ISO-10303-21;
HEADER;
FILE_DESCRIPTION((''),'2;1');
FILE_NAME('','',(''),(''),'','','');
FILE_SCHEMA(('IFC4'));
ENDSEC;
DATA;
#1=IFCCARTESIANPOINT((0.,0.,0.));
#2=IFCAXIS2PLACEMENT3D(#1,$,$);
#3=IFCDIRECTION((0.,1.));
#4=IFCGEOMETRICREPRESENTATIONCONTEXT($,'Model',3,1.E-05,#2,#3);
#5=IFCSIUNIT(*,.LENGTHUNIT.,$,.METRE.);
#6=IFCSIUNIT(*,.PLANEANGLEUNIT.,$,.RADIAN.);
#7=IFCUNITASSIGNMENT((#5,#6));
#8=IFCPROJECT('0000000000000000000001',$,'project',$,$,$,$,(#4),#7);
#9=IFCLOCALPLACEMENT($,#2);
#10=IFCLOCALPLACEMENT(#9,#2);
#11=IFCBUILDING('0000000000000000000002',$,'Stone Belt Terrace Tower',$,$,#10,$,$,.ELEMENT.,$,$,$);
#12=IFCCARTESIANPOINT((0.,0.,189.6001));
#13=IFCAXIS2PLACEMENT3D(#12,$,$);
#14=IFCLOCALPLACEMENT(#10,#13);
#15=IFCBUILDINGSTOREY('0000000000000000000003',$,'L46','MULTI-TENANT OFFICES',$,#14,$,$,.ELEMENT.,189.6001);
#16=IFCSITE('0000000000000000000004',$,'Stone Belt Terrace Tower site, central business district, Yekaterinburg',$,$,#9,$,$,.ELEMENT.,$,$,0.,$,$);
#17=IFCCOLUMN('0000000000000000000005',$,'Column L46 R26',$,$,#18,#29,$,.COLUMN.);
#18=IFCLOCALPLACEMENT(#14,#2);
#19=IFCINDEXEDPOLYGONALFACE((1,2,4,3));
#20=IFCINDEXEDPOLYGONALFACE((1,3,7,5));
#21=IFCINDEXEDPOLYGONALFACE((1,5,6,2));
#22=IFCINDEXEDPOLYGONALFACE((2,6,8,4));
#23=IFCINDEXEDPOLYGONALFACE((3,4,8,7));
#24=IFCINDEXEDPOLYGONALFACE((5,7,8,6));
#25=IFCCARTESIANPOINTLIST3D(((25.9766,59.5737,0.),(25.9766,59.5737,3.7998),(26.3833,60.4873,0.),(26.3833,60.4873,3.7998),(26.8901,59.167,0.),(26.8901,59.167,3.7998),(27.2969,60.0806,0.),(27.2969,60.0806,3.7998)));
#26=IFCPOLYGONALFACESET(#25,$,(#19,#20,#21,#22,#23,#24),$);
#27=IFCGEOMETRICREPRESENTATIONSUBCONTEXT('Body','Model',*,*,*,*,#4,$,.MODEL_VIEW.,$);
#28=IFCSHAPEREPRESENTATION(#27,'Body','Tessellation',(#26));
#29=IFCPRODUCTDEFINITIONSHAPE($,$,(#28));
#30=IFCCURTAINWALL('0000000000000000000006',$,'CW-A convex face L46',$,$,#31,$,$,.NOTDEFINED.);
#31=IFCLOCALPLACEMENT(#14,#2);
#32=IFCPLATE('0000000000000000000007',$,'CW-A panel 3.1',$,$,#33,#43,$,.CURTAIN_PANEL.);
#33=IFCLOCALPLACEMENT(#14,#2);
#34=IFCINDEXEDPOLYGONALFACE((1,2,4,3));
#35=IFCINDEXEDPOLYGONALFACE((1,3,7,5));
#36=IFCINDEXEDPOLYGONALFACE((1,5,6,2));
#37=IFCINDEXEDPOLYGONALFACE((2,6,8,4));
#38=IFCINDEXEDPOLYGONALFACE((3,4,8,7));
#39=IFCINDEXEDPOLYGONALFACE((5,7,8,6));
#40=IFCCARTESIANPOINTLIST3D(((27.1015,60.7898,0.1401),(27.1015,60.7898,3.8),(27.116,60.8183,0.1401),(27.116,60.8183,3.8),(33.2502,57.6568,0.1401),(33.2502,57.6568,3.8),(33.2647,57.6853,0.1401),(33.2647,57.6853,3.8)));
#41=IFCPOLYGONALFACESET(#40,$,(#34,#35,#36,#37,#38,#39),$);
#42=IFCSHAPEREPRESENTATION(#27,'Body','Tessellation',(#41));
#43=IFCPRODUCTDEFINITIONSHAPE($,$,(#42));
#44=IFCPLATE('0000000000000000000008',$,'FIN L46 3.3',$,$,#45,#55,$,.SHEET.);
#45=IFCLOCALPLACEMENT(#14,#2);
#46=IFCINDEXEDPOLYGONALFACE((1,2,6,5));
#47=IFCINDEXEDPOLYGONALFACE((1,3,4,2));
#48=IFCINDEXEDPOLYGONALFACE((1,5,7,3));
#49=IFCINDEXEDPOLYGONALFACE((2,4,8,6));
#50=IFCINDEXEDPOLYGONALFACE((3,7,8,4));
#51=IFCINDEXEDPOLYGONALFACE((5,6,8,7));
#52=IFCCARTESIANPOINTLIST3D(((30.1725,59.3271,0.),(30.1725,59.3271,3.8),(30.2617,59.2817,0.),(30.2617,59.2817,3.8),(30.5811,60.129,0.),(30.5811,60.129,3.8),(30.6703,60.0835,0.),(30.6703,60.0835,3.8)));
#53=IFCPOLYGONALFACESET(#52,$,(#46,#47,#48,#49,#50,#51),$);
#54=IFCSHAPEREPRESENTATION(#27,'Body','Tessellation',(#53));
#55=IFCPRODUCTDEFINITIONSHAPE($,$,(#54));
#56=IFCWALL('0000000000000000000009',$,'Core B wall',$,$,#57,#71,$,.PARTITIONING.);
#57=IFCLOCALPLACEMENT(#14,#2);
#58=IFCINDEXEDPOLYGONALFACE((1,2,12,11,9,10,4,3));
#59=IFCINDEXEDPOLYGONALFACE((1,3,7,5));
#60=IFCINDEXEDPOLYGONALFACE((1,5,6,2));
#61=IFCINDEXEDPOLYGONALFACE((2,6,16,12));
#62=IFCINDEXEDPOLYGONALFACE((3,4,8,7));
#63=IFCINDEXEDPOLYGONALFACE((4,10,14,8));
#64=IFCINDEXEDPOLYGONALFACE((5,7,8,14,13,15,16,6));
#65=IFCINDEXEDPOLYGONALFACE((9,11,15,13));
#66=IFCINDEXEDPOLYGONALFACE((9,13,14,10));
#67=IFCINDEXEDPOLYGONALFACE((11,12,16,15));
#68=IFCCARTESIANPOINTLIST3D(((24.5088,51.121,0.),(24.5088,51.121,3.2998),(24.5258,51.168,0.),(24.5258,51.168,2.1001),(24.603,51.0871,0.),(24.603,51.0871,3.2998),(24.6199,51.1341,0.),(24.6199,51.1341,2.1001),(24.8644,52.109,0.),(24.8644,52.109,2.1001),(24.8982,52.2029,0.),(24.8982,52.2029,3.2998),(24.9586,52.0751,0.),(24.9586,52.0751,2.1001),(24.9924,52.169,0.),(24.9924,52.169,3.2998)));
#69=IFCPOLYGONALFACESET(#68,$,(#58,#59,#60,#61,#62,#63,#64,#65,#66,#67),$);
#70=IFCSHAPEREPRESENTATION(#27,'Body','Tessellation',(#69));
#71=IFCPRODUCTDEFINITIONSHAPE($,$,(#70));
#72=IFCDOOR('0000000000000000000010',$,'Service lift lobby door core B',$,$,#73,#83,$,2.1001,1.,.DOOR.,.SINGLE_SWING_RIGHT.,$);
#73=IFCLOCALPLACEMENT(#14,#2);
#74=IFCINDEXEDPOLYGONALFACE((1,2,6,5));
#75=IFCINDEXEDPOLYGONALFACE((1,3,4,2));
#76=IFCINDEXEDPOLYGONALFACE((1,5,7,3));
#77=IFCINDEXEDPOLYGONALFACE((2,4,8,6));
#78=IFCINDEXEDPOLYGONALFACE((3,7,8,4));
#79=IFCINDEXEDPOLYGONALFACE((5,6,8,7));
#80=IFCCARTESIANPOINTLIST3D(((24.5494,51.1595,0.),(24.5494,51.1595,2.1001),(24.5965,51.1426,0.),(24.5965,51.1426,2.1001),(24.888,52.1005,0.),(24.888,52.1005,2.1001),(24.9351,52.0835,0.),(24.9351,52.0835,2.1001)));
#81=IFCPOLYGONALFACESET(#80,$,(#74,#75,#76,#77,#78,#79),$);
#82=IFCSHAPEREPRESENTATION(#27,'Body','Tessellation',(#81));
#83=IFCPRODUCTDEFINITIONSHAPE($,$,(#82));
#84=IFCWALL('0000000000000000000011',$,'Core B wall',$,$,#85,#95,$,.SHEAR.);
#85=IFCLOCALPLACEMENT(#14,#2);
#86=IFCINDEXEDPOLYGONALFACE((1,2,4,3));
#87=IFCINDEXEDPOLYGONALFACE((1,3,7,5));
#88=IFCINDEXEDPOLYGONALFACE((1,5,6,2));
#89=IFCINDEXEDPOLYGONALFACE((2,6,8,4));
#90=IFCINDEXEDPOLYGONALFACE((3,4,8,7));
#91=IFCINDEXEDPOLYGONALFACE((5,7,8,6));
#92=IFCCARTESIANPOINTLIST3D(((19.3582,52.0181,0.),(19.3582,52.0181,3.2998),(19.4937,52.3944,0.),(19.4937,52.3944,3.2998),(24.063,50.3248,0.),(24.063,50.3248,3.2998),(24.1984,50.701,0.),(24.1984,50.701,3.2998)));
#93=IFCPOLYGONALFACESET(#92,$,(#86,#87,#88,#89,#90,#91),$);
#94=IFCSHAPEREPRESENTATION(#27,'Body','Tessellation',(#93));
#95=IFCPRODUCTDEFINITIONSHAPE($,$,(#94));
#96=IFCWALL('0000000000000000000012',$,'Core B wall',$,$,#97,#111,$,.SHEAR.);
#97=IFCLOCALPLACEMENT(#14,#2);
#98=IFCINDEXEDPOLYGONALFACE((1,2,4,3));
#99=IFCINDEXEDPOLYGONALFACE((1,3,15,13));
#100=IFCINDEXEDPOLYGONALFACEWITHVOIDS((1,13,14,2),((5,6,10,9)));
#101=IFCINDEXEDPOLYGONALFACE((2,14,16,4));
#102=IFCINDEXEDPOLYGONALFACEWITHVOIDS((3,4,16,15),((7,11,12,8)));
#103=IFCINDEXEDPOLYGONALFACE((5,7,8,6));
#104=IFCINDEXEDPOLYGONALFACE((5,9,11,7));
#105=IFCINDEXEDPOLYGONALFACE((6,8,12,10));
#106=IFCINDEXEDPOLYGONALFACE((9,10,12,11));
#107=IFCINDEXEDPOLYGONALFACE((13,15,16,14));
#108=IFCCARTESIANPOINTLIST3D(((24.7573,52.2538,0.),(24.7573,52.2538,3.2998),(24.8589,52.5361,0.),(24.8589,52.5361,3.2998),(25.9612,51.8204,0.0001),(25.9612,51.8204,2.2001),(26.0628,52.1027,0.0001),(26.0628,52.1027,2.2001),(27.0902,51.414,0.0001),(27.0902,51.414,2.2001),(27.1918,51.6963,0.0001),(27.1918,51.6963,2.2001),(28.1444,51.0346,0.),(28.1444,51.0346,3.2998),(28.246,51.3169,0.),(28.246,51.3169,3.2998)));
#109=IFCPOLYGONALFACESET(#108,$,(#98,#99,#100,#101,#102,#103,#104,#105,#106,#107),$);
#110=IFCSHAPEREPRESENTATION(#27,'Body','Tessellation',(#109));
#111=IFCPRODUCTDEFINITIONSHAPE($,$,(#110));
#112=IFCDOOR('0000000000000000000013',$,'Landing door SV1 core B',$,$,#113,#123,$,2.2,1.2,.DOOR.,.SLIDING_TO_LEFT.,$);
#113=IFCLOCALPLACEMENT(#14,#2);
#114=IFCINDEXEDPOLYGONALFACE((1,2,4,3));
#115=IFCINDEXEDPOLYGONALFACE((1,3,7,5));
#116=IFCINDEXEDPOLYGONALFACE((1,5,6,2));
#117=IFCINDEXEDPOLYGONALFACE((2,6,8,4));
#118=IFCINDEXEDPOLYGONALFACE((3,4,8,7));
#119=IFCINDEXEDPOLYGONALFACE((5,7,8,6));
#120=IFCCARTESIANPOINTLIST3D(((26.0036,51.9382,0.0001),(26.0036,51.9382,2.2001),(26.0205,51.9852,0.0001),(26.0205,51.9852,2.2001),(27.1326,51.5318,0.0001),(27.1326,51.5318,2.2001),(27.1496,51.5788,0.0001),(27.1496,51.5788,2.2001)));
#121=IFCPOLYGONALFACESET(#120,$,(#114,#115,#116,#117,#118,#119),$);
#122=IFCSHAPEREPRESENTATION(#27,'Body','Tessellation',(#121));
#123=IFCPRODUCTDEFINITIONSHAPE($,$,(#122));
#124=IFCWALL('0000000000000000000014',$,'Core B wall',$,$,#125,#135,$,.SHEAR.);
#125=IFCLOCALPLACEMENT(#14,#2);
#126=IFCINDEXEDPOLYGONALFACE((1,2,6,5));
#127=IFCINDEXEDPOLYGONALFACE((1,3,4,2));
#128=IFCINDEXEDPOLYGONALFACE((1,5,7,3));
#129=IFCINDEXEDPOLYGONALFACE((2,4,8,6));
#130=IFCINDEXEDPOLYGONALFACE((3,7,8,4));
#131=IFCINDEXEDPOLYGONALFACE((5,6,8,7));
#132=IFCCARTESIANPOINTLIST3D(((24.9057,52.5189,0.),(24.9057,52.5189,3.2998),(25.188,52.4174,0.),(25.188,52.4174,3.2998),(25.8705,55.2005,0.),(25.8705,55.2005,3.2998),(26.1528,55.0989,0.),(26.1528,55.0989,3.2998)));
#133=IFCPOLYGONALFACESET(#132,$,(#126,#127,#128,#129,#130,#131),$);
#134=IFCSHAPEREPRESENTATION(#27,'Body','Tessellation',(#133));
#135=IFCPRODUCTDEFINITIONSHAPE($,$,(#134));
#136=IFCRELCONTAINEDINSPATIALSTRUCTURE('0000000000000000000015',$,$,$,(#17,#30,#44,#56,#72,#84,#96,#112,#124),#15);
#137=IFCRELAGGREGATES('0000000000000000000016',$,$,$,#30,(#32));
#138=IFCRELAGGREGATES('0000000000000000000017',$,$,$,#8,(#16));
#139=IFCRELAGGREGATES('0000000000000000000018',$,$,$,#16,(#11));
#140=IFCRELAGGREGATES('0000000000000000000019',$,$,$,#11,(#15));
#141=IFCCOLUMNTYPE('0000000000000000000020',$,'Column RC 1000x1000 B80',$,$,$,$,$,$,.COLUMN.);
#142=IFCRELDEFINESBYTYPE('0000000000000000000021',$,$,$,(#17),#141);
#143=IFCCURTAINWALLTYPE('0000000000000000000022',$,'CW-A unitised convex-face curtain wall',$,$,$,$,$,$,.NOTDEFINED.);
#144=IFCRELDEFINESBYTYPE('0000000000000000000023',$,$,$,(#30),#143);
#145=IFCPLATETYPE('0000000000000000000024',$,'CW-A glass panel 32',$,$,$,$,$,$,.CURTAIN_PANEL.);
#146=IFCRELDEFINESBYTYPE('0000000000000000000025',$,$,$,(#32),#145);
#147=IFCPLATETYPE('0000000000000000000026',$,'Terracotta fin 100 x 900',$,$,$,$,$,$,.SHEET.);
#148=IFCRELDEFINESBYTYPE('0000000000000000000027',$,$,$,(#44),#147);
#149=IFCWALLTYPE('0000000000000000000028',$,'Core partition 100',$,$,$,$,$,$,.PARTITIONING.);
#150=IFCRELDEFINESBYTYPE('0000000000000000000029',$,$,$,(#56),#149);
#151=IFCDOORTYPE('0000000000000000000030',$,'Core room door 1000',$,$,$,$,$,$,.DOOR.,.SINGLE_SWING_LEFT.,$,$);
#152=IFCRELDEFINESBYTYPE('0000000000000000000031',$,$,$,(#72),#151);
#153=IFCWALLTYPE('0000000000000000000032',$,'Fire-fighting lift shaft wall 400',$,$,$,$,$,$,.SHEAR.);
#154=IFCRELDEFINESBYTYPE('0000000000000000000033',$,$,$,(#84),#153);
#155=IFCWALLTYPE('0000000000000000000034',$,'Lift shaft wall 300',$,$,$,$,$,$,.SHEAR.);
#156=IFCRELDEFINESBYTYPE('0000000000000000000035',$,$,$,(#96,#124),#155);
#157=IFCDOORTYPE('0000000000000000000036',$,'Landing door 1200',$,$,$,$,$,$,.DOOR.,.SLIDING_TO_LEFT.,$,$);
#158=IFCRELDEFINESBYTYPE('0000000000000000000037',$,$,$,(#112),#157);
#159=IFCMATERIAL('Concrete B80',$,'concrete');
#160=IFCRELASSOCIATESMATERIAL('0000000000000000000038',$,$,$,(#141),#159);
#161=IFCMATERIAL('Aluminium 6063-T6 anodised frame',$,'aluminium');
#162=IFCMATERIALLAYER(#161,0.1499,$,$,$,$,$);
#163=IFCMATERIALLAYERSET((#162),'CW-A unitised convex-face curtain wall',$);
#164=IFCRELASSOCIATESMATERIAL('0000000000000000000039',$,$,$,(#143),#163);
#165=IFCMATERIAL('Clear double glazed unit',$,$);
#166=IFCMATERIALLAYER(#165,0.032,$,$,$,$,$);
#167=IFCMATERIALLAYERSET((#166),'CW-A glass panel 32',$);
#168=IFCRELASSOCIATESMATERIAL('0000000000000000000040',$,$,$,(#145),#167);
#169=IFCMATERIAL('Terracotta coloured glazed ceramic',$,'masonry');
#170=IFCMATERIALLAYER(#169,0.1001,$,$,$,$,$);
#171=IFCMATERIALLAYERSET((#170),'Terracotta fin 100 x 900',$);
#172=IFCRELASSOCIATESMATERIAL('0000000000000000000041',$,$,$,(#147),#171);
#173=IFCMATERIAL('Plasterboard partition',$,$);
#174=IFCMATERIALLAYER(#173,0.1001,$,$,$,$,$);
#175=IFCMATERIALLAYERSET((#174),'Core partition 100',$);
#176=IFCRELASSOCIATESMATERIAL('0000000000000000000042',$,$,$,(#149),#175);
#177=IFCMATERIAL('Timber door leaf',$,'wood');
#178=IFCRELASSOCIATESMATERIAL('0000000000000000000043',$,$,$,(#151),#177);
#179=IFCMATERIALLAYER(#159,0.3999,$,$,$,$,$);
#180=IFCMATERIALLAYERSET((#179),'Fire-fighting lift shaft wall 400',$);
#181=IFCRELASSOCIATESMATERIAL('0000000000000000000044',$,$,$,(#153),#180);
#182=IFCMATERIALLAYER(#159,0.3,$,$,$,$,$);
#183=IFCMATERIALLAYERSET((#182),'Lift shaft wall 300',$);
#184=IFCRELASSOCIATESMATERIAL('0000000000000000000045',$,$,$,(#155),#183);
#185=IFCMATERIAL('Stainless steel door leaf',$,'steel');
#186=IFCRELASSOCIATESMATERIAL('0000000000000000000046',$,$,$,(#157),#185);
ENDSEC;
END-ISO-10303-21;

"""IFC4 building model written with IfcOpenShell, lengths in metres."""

from ifc_helpers import new_model, si_unit, direction, frame, frame_2d, origin, origin_2d, place, context, subcontext, project, spatial, rectangle, extrude, material, layer, layer_set, material_profile, profile_set, type_object, element, fill, aggregate, save


model = new_model("IFC4")

# Units and contexts
model_context = context("Model", 3, precision=1e-05, world=origin(), true_north=direction((0.0, 1.0)))
body_context = subcontext(model_context, "Body", "Model", "MODEL_VIEW")
ifc_project = project(units=[si_unit("LENGTHUNIT", "METRE"), si_unit("PLANEANGLEUNIT", "RADIAN")], contexts=[model_context])

# Site, building, storey
site_placement = place(None, origin())
site = spatial("IfcSite", under=ifc_project, at=site_placement, Name="Stone Belt Terrace Tower site, central business district, Yekaterinburg", CompositionType="ELEMENT", RefElevation=0.0)
building_placement = place(site_placement, origin())
building = spatial("IfcBuilding", under=site, at=building_placement, Name="Stone Belt Terrace Tower", CompositionType="ELEMENT")
storey_placement = place(building_placement, frame((0.0, 0.0, 189.6001)))
storey = spatial("IfcBuildingStorey", under=building, at=storey_placement, Name="L46", Description="MULTI-TENANT OFFICES", CompositionType="ELEMENT", Elevation=189.6001)

# Column
ifc_material_1 = material(Name="Concrete B80", Category="concrete")
ifc_material_profile = material_profile(ifc_material_1, rectangle(XDim=1.0, YDim=1.0, at=origin_2d()), Name="RC 1000x1000")
ifc_profile_set = profile_set([ifc_material_profile], Name="Concrete B80")
column_type = type_object("IfcColumnType", Name="Column RC 1000x1000 B80", PredefinedType="COLUMN", material=ifc_profile_set)
column_placement = place(storey_placement, frame((26.6367, 59.8271, 0.0), z_axis=(0.0, 0.0, 1.0), x_axis=(0.913545, -0.406737, 0.0)))
element("IfcColumn", 1, at=column_placement, inside=storey, type_object=column_type, Name="Column L46 R26", PredefinedType="COLUMN", context=body_context, shape_type="SweptSolid", body=[
    extrude(rectangle(XDim=1.0, YDim=1.0, at=origin_2d()), origin(), (0.0, 0.0, 1.0), 3.7998),
])

# Curtain wall, plate
ifc_material_2 = material(Name="Aluminium 6063-T6 anodised frame", Category="aluminium")
ifc_layer_1 = layer(ifc_material_2, 0.1499)
ifc_layer_set_1 = layer_set([ifc_layer_1], Name="CW-A unitised convex-face curtain wall")
curtain_wall_type = type_object("IfcCurtainWallType", Name="CW-A unitised convex-face curtain wall", PredefinedType="NOTDEFINED", material=ifc_layer_set_1)
curtain_wall_placement = place(storey_placement, origin())
curtain_wall = element("IfcCurtainWall", 2, at=curtain_wall_placement, inside=storey, type_object=curtain_wall_type, Name="CW-A convex face L46", PredefinedType="NOTDEFINED")
ifc_material_3 = material(Name="Clear double glazed unit")
ifc_layer_2 = layer(ifc_material_3, 0.032)
ifc_layer_set_2 = layer_set([ifc_layer_2], Name="CW-A glass panel 32")
plate_type_1 = type_object("IfcPlateType", Name="CW-A glass panel 32", PredefinedType="CURTAIN_PANEL", material=ifc_layer_set_2)
plate_1_placement = place(storey_placement, frame((30.1831, 59.2375, 0.1401), z_axis=(0.0, 0.0, 1.0), x_axis=(-0.891007, 0.45399, 0.0)))
plate_1 = element("IfcPlate", 3, at=plate_1_placement, type_object=plate_type_1, Name="CW-A panel 3.1", PredefinedType="CURTAIN_PANEL", context=body_context, shape_type="SweptSolid", body=[
    extrude(rectangle(XDim=6.9009, YDim=0.032, at=origin_2d()), origin(), (0.0, 0.0, 1.0), 3.6599),
])
aggregate(curtain_wall, [plate_1])

# Plate
ifc_material_4 = material(Name="Terracotta coloured glazed ceramic", Category="masonry")
ifc_layer_3 = layer(ifc_material_4, 0.1001)
ifc_layer_set_3 = layer_set([ifc_layer_3], Name="Terracotta fin 100 x 900")
plate_type_2 = type_object("IfcPlateType", Name="Terracotta fin 100 x 900", PredefinedType="SHEET", material=ifc_layer_set_3)
plate_2_placement = place(storey_placement, frame((30.4214, 59.7053, 0.0), z_axis=(0.0, 0.0, 1.0), x_axis=(0.45399, 0.891007, 0.0)))
element("IfcPlate", 4, at=plate_2_placement, inside=storey, type_object=plate_type_2, Name="FIN L46 3.3", PredefinedType="SHEET", context=body_context, shape_type="SweptSolid", body=[
    extrude(rectangle(XDim=0.8999, YDim=0.1001, at=origin_2d()), origin(), (0.0, 0.0, 1.0), 3.8),
])

# Wall, opening, door
ifc_material_5 = material(Name="Plasterboard partition")
ifc_layer_4 = layer(ifc_material_5, 0.1001)
ifc_layer_set_4 = layer_set([ifc_layer_4], Name="Core partition 100")
wall_type_1 = type_object("IfcWallType", Name="Core partition 100", PredefinedType="PARTITIONING", material=ifc_layer_set_4)
wall_1_placement = place(storey_placement, frame((24.5559, 51.104, 0.0), z_axis=(0.0, 0.0, 1.0), x_axis=(0.338622, 0.940923, 0.0)))
wall_1 = element("IfcWall", 5, at=wall_1_placement, inside=storey, type_object=wall_type_1, Name="Core B wall", PredefinedType="PARTITIONING", context=body_context, shape_type="SweptSolid", body=[
    extrude(rectangle(XDim=1.1499, YDim=0.1001, at=frame_2d((0.575, 0.0))), origin(), (0.0, 0.0, 1.0), 3.2998),
])
opening_1_placement = place(wall_1_placement, frame((0.05, 0.0, 0.0)))
opening_1 = element("IfcOpeningElement", 6, at=opening_1_placement, cuts=wall_1, PredefinedType="OPENING", context=body_context, shape_type="SweptSolid", body=[
    extrude(rectangle(XDim=1.0, YDim=2.1001, at=frame_2d((0.5, 1.05))), frame((0.0, 0.0601, 0.0), z_axis=(0.0, -1.0, 0.0), x_axis=(1.0, 0.0, 0.0)), (0.0, 0.0, 1.0), 0.1201),
])
ifc_material_6 = material(Name="Timber door leaf", Category="wood")
door_type_1 = type_object("IfcDoorType", Name="Core room door 1000", OperationType="SINGLE_SWING_LEFT", PredefinedType="DOOR", material=ifc_material_6)
door_1_placement = place(opening_1_placement, origin())
door_1 = element("IfcDoor", 7, at=door_1_placement, inside=storey, type_object=door_type_1, Name="Service lift lobby door core B", OperationType="SINGLE_SWING_RIGHT", OverallHeight=2.1001, OverallWidth=1.0, PredefinedType="DOOR", context=body_context, shape_type="SweptSolid", body=[
    extrude(rectangle(XDim=1.0, YDim=2.1001, at=frame_2d((0.5, 1.05))), frame((0.0, 0.0249, 0.0), z_axis=(0.0, -1.0, 0.0), x_axis=(1.0, 0.0, 0.0)), (0.0, 0.0, 1.0), 0.05),
])
fill(opening_1, door_1)

# Wall
ifc_layer_5 = layer(ifc_material_1, 0.3999)
ifc_layer_set_5 = layer_set([ifc_layer_5], Name="Fire-fighting lift shaft wall 400")
wall_type_2 = type_object("IfcWallType", Name="Fire-fighting lift shaft wall 400", PredefinedType="SHEAR", material=ifc_layer_set_5)
wall_2_placement = place(storey_placement, frame((24.1306, 50.5129, 0.0), z_axis=(0.0, 0.0, 1.0), x_axis=(-0.940912, 0.338652, 0.0)))
element("IfcWall", 8, at=wall_2_placement, inside=storey, type_object=wall_type_2, Name="Core B wall", PredefinedType="SHEAR", context=body_context, shape_type="SweptSolid", body=[
    extrude(rectangle(XDim=5.0002, YDim=0.3999, at=frame_2d((2.5, 0.0))), origin(), (0.0, 0.0, 1.0), 3.2998),
])

# Wall, opening, door
ifc_layer_6 = layer(ifc_material_1, 0.3)
ifc_layer_set_6 = layer_set([ifc_layer_6], Name="Lift shaft wall 300")
wall_type_3 = type_object("IfcWallType", Name="Lift shaft wall 300", PredefinedType="SHEAR", material=ifc_layer_set_6)
wall_3_placement = place(storey_placement, frame((28.1951, 51.1758, 0.0), z_axis=(0.0, 0.0, 1.0), x_axis=(-0.940901, 0.338681, 0.0)))
wall_3 = element("IfcWall", 9, at=wall_3_placement, inside=storey, type_object=wall_type_3, Name="Core B wall", PredefinedType="SHEAR", context=body_context, shape_type="SweptSolid", body=[
    extrude(rectangle(XDim=3.5999, YDim=0.3, at=frame_2d((1.7998, 0.0))), origin(), (0.0, 0.0, 1.0), 3.2998),
])
opening_2_placement = place(wall_3_placement, frame((1.1201, 0.0, 0.0)))
opening_2 = element("IfcOpeningElement", 10, at=opening_2_placement, cuts=wall_3, PredefinedType="OPENING", context=body_context, shape_type="SweptSolid", body=[
    extrude(rectangle(XDim=1.2, YDim=2.2, at=frame_2d((0.6001, 1.1001))), frame((0.0, 0.1599, 0.0), z_axis=(0.0, -1.0, 0.0), x_axis=(1.0, 0.0, 0.0)), (0.0, 0.0, 1.0), 0.3201),
])
ifc_material_7 = material(Name="Stainless steel door leaf", Category="steel")
door_type_2 = type_object("IfcDoorType", Name="Landing door 1200", OperationType="SLIDING_TO_LEFT", PredefinedType="DOOR", material=ifc_material_7)
door_2_placement = place(opening_2_placement, origin())
door_2 = element("IfcDoor", 11, at=door_2_placement, inside=storey, type_object=door_type_2, Name="Landing door SV1 core B", OperationType="SLIDING_TO_LEFT", OverallHeight=2.2, OverallWidth=1.2, PredefinedType="DOOR", context=body_context, shape_type="SweptSolid", body=[
    extrude(rectangle(XDim=1.2, YDim=2.2, at=frame_2d((0.6001, 1.1001))), frame((0.0, 0.0249, 0.0), z_axis=(0.0, -1.0, 0.0), x_axis=(1.0, 0.0, 0.0)), (0.0, 0.0, 1.0), 0.05),
])
fill(opening_2, door_2)

# Wall
wall_4_placement = place(storey_placement, frame((25.0469, 52.4683, 0.0), z_axis=(0.0, 0.0, 1.0), x_axis=(0.33855, 0.940949, 0.0)))
element("IfcWall", 12, at=wall_4_placement, inside=storey, type_object=wall_type_3, Name="Core B wall", PredefinedType="SHEAR", context=body_context, shape_type="SweptSolid", body=[
    extrude(rectangle(XDim=2.8499, YDim=0.3, at=frame_2d((1.4248, 0.0))), origin(), (0.0, 0.0, 1.0), 3.2998),
])

save(model, "model.ifc")
